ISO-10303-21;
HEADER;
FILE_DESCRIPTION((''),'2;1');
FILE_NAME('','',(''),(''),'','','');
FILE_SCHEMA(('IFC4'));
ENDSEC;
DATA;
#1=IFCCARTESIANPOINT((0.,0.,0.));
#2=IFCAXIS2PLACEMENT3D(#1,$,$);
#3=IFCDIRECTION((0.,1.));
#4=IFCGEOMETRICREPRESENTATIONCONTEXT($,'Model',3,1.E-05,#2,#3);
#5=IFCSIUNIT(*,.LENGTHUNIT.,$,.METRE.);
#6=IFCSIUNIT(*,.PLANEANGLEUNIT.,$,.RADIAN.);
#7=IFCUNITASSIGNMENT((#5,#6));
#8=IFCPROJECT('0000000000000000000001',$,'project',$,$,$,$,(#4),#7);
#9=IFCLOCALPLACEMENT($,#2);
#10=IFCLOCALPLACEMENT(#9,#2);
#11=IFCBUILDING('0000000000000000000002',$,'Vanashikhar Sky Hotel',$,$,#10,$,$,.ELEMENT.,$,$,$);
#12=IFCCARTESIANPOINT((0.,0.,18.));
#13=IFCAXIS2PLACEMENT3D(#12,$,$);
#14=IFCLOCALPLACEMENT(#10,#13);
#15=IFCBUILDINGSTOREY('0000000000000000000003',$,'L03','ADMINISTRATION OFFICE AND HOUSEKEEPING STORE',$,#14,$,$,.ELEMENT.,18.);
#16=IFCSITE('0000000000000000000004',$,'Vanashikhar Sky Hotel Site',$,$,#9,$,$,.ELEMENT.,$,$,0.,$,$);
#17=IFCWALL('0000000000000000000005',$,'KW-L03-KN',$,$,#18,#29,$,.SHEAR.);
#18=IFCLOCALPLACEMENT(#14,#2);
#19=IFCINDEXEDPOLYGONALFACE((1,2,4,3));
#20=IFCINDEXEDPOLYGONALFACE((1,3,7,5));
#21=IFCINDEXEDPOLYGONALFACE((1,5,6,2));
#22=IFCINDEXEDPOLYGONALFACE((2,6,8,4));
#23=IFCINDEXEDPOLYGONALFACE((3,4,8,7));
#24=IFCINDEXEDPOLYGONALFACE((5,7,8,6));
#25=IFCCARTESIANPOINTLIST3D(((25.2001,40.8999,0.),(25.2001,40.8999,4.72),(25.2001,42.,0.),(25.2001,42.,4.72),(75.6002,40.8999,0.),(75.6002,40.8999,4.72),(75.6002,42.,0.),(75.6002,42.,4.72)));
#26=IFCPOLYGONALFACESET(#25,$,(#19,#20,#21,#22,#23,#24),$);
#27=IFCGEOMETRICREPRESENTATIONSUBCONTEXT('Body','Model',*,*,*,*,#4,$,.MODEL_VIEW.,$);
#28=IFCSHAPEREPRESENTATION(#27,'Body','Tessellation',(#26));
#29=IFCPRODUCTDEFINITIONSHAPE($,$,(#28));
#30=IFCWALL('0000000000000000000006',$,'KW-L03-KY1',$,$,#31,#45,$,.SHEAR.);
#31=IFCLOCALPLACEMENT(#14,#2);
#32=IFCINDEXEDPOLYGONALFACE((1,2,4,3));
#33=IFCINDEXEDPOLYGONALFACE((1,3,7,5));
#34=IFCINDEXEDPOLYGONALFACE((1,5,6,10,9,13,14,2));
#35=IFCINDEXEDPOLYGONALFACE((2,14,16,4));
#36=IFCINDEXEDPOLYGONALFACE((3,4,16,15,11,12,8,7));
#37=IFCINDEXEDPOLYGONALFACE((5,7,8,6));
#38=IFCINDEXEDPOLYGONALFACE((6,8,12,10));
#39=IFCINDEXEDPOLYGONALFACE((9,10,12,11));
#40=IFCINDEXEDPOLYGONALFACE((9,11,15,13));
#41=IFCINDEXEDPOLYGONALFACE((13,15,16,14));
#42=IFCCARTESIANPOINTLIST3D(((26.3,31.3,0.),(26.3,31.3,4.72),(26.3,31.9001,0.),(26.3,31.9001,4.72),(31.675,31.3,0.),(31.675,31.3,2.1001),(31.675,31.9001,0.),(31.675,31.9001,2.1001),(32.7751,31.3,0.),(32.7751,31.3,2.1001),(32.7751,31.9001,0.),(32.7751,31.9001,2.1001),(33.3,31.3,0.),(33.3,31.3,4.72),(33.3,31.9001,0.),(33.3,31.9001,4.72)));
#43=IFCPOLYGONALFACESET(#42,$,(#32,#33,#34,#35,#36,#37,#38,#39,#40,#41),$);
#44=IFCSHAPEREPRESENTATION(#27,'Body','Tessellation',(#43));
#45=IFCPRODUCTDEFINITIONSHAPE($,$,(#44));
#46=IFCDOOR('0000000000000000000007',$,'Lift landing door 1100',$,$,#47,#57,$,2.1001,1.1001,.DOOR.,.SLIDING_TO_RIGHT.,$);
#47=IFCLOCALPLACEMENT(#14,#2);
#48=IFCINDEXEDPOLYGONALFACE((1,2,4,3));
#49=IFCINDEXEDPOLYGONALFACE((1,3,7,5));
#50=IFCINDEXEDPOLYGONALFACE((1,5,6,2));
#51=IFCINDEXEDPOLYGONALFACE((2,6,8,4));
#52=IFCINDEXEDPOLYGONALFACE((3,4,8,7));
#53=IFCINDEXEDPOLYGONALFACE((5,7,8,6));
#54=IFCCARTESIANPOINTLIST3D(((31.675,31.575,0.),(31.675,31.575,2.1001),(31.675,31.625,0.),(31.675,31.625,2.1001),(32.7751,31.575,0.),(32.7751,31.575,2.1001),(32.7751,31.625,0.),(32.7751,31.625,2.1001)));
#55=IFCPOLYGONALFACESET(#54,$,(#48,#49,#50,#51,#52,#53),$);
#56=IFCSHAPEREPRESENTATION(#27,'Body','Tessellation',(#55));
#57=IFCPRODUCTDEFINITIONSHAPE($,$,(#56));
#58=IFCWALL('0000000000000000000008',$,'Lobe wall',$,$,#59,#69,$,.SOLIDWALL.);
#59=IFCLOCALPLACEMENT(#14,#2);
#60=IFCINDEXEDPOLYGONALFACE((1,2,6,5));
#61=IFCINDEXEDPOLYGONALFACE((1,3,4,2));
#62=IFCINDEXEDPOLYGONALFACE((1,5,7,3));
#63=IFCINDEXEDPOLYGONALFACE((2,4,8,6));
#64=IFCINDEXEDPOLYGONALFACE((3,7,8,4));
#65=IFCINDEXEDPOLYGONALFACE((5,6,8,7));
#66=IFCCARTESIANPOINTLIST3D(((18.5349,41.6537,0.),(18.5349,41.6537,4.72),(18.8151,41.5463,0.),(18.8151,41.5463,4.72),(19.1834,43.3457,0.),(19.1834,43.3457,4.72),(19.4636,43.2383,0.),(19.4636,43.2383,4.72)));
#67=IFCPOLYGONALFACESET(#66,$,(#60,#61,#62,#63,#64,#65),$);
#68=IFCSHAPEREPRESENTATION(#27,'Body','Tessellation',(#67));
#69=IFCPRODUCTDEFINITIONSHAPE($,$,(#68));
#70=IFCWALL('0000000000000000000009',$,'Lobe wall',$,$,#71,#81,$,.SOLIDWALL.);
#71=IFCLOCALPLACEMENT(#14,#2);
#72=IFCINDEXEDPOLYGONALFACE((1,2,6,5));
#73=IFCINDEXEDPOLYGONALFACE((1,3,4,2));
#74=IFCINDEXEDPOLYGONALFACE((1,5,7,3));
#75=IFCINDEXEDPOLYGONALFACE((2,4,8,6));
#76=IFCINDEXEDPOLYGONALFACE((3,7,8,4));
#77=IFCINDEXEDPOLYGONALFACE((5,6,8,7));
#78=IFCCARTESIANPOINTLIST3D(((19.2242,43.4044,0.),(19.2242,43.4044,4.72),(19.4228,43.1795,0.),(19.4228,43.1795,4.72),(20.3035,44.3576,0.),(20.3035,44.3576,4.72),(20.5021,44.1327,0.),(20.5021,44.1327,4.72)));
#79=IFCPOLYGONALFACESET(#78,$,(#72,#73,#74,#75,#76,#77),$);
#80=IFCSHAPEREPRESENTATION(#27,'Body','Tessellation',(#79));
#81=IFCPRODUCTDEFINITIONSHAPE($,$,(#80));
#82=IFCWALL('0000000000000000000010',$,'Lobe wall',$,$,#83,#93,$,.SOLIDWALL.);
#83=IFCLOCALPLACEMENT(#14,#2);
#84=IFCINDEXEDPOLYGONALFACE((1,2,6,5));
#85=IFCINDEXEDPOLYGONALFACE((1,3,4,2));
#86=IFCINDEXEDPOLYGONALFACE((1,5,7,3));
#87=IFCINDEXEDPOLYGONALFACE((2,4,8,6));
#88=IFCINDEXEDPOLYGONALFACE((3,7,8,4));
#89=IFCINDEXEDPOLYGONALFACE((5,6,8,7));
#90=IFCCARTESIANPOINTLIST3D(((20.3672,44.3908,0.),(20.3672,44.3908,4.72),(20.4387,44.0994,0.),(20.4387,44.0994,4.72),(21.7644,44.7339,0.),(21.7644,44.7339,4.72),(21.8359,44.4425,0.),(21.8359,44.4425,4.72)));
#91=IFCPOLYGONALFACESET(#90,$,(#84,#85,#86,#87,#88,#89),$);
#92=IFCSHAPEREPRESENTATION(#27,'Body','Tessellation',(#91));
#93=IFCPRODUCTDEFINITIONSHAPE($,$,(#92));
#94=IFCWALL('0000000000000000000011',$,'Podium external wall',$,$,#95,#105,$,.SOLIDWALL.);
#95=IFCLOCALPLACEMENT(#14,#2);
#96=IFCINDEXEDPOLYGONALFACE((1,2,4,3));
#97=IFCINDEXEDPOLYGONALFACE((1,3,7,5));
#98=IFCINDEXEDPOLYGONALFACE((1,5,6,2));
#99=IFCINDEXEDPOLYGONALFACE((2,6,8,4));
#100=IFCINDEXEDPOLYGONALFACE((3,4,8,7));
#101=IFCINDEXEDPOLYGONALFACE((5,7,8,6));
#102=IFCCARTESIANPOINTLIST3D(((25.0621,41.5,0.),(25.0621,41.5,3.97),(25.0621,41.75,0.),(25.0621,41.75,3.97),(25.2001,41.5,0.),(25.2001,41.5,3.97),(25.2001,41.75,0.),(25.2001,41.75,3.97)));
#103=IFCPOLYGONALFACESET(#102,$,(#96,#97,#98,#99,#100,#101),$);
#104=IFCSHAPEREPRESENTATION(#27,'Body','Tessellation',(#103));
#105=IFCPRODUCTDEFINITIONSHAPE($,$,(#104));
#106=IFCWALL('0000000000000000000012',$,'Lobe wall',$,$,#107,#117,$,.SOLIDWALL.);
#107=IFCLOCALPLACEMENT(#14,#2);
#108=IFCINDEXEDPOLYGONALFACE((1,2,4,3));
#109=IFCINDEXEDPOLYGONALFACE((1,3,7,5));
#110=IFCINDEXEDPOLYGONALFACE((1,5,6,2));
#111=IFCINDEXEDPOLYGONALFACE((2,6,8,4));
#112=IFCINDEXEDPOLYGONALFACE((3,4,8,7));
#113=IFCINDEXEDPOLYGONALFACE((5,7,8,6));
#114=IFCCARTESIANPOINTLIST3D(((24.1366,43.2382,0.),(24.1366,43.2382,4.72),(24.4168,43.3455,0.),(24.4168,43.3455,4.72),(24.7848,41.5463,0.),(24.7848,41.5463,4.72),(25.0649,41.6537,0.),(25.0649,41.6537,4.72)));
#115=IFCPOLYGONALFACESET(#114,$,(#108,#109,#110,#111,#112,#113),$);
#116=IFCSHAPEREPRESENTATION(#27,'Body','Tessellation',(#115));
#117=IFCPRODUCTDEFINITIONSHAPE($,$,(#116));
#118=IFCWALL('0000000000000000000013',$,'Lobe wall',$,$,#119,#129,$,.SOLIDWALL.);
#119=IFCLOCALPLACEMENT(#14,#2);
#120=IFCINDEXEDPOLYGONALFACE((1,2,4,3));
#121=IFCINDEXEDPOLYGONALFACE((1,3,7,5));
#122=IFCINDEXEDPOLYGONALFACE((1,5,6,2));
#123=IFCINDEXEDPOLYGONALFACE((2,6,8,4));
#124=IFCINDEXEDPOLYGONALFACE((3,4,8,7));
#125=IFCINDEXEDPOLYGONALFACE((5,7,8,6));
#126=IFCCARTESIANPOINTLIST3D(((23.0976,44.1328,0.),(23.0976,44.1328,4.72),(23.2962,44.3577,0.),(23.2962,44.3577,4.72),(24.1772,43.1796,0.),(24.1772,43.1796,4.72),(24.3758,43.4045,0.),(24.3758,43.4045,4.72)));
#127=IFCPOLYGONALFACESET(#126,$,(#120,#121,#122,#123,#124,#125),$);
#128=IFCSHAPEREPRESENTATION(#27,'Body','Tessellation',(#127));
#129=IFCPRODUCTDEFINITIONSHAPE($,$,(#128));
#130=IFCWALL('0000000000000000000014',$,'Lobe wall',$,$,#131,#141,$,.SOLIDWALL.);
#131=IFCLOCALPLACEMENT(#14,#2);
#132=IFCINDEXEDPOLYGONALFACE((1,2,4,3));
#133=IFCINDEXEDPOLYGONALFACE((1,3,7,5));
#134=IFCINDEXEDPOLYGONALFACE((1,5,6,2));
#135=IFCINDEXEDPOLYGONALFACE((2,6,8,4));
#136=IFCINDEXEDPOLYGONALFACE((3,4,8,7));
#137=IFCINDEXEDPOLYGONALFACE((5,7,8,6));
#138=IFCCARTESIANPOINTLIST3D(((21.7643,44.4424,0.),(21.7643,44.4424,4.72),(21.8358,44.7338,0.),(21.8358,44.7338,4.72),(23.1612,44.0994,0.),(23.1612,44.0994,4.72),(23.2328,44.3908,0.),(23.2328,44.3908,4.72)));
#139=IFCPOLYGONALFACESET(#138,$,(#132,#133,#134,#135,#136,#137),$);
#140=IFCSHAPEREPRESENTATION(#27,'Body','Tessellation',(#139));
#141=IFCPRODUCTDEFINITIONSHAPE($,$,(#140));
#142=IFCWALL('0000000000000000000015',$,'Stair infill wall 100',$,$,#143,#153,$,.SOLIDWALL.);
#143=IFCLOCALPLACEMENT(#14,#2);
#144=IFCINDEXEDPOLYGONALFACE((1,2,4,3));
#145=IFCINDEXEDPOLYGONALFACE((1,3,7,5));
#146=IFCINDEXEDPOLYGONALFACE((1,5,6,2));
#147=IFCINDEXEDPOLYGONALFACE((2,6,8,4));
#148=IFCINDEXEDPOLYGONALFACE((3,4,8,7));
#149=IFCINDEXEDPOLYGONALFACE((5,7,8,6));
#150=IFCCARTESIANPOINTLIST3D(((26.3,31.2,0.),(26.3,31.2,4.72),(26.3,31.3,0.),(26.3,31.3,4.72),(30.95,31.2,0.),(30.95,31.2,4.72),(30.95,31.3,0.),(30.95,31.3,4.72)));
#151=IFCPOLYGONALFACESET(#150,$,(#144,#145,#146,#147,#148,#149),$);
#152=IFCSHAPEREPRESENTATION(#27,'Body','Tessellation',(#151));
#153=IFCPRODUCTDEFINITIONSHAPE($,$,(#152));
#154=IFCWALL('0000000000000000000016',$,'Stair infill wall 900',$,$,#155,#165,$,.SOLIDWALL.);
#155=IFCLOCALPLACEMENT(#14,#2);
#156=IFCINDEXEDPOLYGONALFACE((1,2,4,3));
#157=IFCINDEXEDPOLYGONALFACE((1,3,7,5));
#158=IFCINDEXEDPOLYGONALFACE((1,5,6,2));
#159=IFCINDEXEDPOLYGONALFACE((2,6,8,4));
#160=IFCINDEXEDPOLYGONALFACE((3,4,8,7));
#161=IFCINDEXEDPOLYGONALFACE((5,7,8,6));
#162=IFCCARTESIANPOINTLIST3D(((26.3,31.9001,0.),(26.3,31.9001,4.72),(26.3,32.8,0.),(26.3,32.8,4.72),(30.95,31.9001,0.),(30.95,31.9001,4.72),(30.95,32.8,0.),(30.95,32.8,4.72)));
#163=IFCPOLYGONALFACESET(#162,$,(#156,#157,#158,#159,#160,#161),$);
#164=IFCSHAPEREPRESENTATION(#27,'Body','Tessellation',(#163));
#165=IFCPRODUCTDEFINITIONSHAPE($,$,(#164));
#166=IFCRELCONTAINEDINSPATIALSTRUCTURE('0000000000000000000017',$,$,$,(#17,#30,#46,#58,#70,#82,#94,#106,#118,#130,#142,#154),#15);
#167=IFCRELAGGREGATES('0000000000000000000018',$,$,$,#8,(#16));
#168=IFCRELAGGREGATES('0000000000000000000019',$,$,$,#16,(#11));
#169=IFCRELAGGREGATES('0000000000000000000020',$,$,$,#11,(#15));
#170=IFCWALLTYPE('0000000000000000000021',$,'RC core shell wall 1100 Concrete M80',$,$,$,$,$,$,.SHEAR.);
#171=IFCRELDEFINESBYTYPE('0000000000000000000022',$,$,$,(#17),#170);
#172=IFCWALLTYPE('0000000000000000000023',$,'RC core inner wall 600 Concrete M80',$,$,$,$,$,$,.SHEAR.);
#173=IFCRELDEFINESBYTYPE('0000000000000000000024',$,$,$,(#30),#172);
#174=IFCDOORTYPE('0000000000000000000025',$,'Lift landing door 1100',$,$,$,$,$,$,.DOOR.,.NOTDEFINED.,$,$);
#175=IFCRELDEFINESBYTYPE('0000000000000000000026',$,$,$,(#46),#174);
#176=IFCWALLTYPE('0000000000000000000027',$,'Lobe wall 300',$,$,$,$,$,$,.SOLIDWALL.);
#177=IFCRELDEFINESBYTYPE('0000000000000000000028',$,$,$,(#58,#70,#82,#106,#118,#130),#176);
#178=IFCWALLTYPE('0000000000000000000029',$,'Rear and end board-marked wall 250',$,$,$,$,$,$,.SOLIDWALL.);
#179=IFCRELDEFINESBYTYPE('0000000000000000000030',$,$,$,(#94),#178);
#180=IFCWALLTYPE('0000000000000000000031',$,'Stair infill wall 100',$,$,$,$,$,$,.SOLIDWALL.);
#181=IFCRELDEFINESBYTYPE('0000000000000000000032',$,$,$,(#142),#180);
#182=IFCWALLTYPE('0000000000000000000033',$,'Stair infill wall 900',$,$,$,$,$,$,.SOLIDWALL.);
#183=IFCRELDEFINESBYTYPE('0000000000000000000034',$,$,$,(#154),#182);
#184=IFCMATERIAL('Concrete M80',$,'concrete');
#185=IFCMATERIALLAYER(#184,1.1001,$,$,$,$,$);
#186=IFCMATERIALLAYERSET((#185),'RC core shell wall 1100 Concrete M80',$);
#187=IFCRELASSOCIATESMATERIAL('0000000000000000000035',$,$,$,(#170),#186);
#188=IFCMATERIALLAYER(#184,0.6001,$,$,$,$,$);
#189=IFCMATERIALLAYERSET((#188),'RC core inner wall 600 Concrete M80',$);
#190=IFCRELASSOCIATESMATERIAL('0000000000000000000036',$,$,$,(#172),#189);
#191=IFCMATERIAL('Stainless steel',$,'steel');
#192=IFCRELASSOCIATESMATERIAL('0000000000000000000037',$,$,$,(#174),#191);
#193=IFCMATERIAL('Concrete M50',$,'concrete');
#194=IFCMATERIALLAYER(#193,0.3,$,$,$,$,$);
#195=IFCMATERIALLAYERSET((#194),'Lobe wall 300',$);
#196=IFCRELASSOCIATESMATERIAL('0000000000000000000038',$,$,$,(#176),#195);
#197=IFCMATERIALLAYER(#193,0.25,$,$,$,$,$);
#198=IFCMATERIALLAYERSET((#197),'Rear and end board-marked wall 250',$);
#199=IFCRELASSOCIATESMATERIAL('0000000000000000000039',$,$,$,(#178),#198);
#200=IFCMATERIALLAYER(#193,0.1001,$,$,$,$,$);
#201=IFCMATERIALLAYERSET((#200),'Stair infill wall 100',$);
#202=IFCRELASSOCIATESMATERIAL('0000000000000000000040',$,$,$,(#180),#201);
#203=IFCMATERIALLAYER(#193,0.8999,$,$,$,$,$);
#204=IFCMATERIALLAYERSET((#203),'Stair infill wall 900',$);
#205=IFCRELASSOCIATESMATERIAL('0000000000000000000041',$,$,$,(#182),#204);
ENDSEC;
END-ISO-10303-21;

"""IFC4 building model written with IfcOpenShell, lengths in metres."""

from ifc_helpers import new_model, si_unit, direction, frame, frame_2d, origin, place, context, subcontext, project, spatial, rectangle, extrude, source, transform, mapped, material, layer, layer_set, type_object, element, fill, save


model = new_model("IFC4")

# Units and contexts
model_context = context("Model", 3, precision=1e-05, world=origin(), true_north=direction((0.0, 1.0)))
body_context = subcontext(model_context, "Body", "Model", "MODEL_VIEW")
ifc_project = project(units=[si_unit("LENGTHUNIT", "METRE"), si_unit("PLANEANGLEUNIT", "RADIAN")], contexts=[model_context])

# Site, building, storey
site_placement = place(None, origin())
site = spatial("IfcSite", under=ifc_project, at=site_placement, Name="Vanashikhar Sky Hotel Site", CompositionType="ELEMENT", RefElevation=0.0)
building_placement = place(site_placement, origin())
building = spatial("IfcBuilding", under=site, at=building_placement, Name="Vanashikhar Sky Hotel", CompositionType="ELEMENT")
storey_placement = place(building_placement, frame((0.0, 0.0, 18.0)))
storey = spatial("IfcBuildingStorey", under=building, at=storey_placement, Name="L03", Description="ADMINISTRATION OFFICE AND HOUSEKEEPING STORE", CompositionType="ELEMENT", Elevation=18.0)

# Wall
ifc_material_1 = material(Name="Concrete M80", Category="concrete")
ifc_layer_1 = layer(ifc_material_1, 1.1001)
ifc_layer_set_1 = layer_set([ifc_layer_1], Name="RC core shell wall 1100 Concrete M80")
wall_type_1 = type_object("IfcWallType", Name="RC core shell wall 1100 Concrete M80", PredefinedType="SHEAR", material=ifc_layer_set_1)
shared_shape_1 = source(origin(), body_context, "Body", "SweptSolid", [
    extrude(rectangle(XDim=50.4001, YDim=1.1001, at=frame_2d((25.2002, 0.0))), origin(), (0.0, 0.0, 1.0), 4.72),
])
wall_1_placement = place(storey_placement, frame((25.2, 41.45, 0.0), z_axis=(0.0, 0.0, 1.0), x_axis=(1.0, 0.0, 0.0)))
element("IfcWall", 1, at=wall_1_placement, inside=storey, type_object=wall_type_1, Name="KW-L03-KN", PredefinedType="SHEAR", context=body_context, shape_type="MappedRepresentation", body=[
    mapped(shared_shape_1, transform((0.0, 0.0, 0.0), scale=1.0)),
])

# Wall, opening, door
ifc_layer_2 = layer(ifc_material_1, 0.6001)
ifc_layer_set_2 = layer_set([ifc_layer_2], Name="RC core inner wall 600 Concrete M80")
wall_type_2 = type_object("IfcWallType", Name="RC core inner wall 600 Concrete M80", PredefinedType="SHEAR", material=ifc_layer_set_2)
shared_shape_2 = source(origin(), body_context, "Body", "SweptSolid", [
    extrude(rectangle(XDim=7.0, YDim=0.6001, at=frame_2d((3.5, 0.0))), origin(), (0.0, 0.0, 1.0), 4.72),
])
wall_2_placement = place(storey_placement, frame((26.3, 31.6001, 0.0), z_axis=(0.0, 0.0, 1.0), x_axis=(1.0, 0.0, 0.0)))
wall_2 = element("IfcWall", 2, at=wall_2_placement, inside=storey, type_object=wall_type_2, Name="KW-L03-KY1", PredefinedType="SHEAR", context=body_context, shape_type="MappedRepresentation", body=[
    mapped(shared_shape_2, transform((0.0, 0.0, 0.0), scale=1.0)),
])
shared_shape_3 = source(origin(), body_context, "Body", "SweptSolid", [
    extrude(rectangle(XDim=1.1001, YDim=2.1001, at=frame_2d((0.55, 1.05))), frame((0.0, 0.3101, 0.0), z_axis=(0.0, -1.0, 0.0), x_axis=(1.0, 0.0, 0.0)), (0.0, 0.0, 1.0), 0.6201),
])
opening_placement = place(wall_2_placement, frame((5.375, 0.0, 0.0)))
opening = element("IfcOpeningElement", 3, at=opening_placement, cuts=wall_2, PredefinedType="OPENING", context=body_context, shape_type="MappedRepresentation", body=[
    mapped(shared_shape_3, transform((0.0, 0.0, 0.0), scale=1.0)),
])
ifc_material_2 = material(Name="Stainless steel", Category="steel")
door_type = type_object("IfcDoorType", Name="Lift landing door 1100", OperationType="NOTDEFINED", PredefinedType="DOOR", material=ifc_material_2)
shared_shape_4 = source(origin(), body_context, "Body", "SweptSolid", [
    extrude(rectangle(XDim=1.1001, YDim=2.1001, at=frame_2d((0.55, 1.05))), frame((0.0, 0.0249, 0.0), z_axis=(0.0, -1.0, 0.0), x_axis=(1.0, 0.0, 0.0)), (0.0, 0.0, 1.0), 0.05),
])
door_placement = place(opening_placement, origin())
door = element("IfcDoor", 4, at=door_placement, inside=storey, type_object=door_type, Name="Lift landing door 1100", OperationType="SLIDING_TO_RIGHT", OverallHeight=2.1001, OverallWidth=1.1001, PredefinedType="DOOR", context=body_context, shape_type="MappedRepresentation", body=[
    mapped(shared_shape_4, transform((0.0, 0.0, 0.0), scale=1.0)),
])
fill(opening, door)

# Walls
ifc_material_3 = material(Name="Concrete M50", Category="concrete")
ifc_layer_3 = layer(ifc_material_3, 0.3)
ifc_layer_set_3 = layer_set([ifc_layer_3], Name="Lobe wall 300")
wall_type_3 = type_object("IfcWallType", Name="Lobe wall 300", PredefinedType="SOLIDWALL", material=ifc_layer_set_3)
shared_shape_5 = source(origin(), body_context, "Body", "SweptSolid", [
    extrude(rectangle(XDim=1.812, YDim=0.3, at=frame_2d((0.906, 0.0))), origin(), (0.0, 0.0, 1.0), 4.72),
])
wall_3_placement = place(storey_placement, frame((19.3235, 43.292, 0.0), z_axis=(0.0, 0.0, 1.0), x_axis=(-0.357877, -0.933769, 0.0)))
element("IfcWall", 5, at=wall_3_placement, inside=storey, type_object=wall_type_3, Name="Lobe wall", PredefinedType="SOLIDWALL", context=body_context, shape_type="MappedRepresentation", body=[
    mapped(shared_shape_5, transform((0.0, 0.0, 0.0), scale=1.0)),
])
shared_shape_6 = source(origin(), body_context, "Body", "SweptSolid", [
    extrude(rectangle(XDim=1.4399, YDim=0.3, at=frame_2d((0.72, 0.0))), origin(), (0.0, 0.0, 1.0), 4.72),
])
wall_4_placement = place(storey_placement, frame((20.4028, 44.2451, 0.0), z_axis=(0.0, 0.0, 1.0), x_axis=(-0.749576, -0.661919, 0.0)))
element("IfcWall", 6, at=wall_4_placement, inside=storey, type_object=wall_type_3, Name="Lobe wall", PredefinedType="SOLIDWALL", context=body_context, shape_type="MappedRepresentation", body=[
    mapped(shared_shape_6, transform((0.0, 0.0, 0.0), scale=1.0)),
])
shared_shape_7 = source(origin(), body_context, "Body", "SweptSolid", [
    extrude(rectangle(XDim=1.4387, YDim=0.3, at=frame_2d((0.7192, 0.0))), origin(), (0.0, 0.0, 1.0), 4.72),
])
wall_5_placement = place(storey_placement, frame((21.8, 44.5881, 0.0), z_axis=(0.0, 0.0, 1.0), x_axis=(-0.971162, -0.238421, 0.0)))
element("IfcWall", 7, at=wall_5_placement, inside=storey, type_object=wall_type_3, Name="Lobe wall", PredefinedType="SOLIDWALL", context=body_context, shape_type="MappedRepresentation", body=[
    mapped(shared_shape_7, transform((0.0, 0.0, 0.0), scale=1.0)),
])
ifc_layer_4 = layer(ifc_material_3, 0.25)
ifc_layer_set_4 = layer_set([ifc_layer_4], Name="Rear and end board-marked wall 250")
wall_type_4 = type_object("IfcWallType", Name="Rear and end board-marked wall 250", PredefinedType="SOLIDWALL", material=ifc_layer_set_4)
shared_shape_8 = source(origin(), body_context, "Body", "SweptSolid", [
    extrude(rectangle(XDim=0.1379, YDim=0.25, at=frame_2d((0.0688, 0.0))), origin(), (0.0, 0.0, 1.0), 3.97),
])
wall_6_placement = place(storey_placement, frame((25.2, 41.625, 0.0), z_axis=(0.0, 0.0, 1.0), x_axis=(-1.0, 0.0, 0.0)))
element("IfcWall", 8, at=wall_6_placement, inside=storey, type_object=wall_type_4, Name="Podium external wall", PredefinedType="SOLIDWALL", context=body_context, shape_type="MappedRepresentation", body=[
    mapped(shared_shape_8, transform((0.0, 0.0, 0.0), scale=1.0)),
])
shared_shape_9 = source(origin(), body_context, "Body", "SweptSolid", [
    extrude(rectangle(XDim=1.8118, YDim=0.3, at=frame_2d((0.9058, 0.0))), origin(), (0.0, 0.0, 1.0), 4.72),
])
wall_7_placement = place(storey_placement, frame((24.9248, 41.6001, 0.0), z_axis=(0.0, 0.0, 1.0), x_axis=(-0.35776, 0.933814, 0.0)))
element("IfcWall", 9, at=wall_7_placement, inside=storey, type_object=wall_type_3, Name="Lobe wall", PredefinedType="SOLIDWALL", context=body_context, shape_type="MappedRepresentation", body=[
    mapped(shared_shape_9, transform((0.0, 0.0, 0.0), scale=1.0)),
])
shared_shape_10 = source(origin(), body_context, "Body", "SweptSolid", [
    extrude(rectangle(XDim=1.4402, YDim=0.3, at=frame_2d((0.7202, 0.0))), origin(), (0.0, 0.0, 1.0), 4.72),
])
wall_8_placement = place(storey_placement, frame((24.2766, 43.292, 0.0), z_axis=(0.0, 0.0, 1.0), x_axis=(-0.74965, 0.661835, 0.0)))
element("IfcWall", 10, at=wall_8_placement, inside=storey, type_object=wall_type_3, Name="Lobe wall", PredefinedType="SOLIDWALL", context=body_context, shape_type="MappedRepresentation", body=[
    mapped(shared_shape_10, transform((0.0, 0.0, 0.0), scale=1.0)),
])
shared_shape_11 = source(origin(), body_context, "Body", "SweptSolid", [
    extrude(rectangle(XDim=1.4385, YDim=0.3, at=frame_2d((0.7192, 0.0))), origin(), (0.0, 0.0, 1.0), 4.72),
])
wall_9_placement = place(storey_placement, frame((23.197, 44.2451, 0.0), z_axis=(0.0, 0.0, 1.0), x_axis=(-0.971152, 0.23846, 0.0)))
element("IfcWall", 11, at=wall_9_placement, inside=storey, type_object=wall_type_3, Name="Lobe wall", PredefinedType="SOLIDWALL", context=body_context, shape_type="MappedRepresentation", body=[
    mapped(shared_shape_11, transform((0.0, 0.0, 0.0), scale=1.0)),
])
ifc_layer_5 = layer(ifc_material_3, 0.1001)
ifc_layer_set_5 = layer_set([ifc_layer_5], Name="Stair infill wall 100")
wall_type_5 = type_object("IfcWallType", Name="Stair infill wall 100", PredefinedType="SOLIDWALL", material=ifc_layer_set_5)
shared_shape_12 = source(origin(), body_context, "Body", "SweptSolid", [
    extrude(rectangle(XDim=4.6499, YDim=0.1001, at=frame_2d((2.325, 0.0))), origin(), (0.0, 0.0, 1.0), 4.72),
])
wall_10_placement = place(storey_placement, frame((26.3, 31.25, 0.0), z_axis=(0.0, 0.0, 1.0), x_axis=(1.0, 0.0, 0.0)))
element("IfcWall", 12, at=wall_10_placement, inside=storey, type_object=wall_type_5, Name="Stair infill wall 100", PredefinedType="SOLIDWALL", context=body_context, shape_type="MappedRepresentation", body=[
    mapped(shared_shape_12, transform((0.0, 0.0, 0.0), scale=1.0)),
])
ifc_layer_6 = layer(ifc_material_3, 0.8999)
ifc_layer_set_6 = layer_set([ifc_layer_6], Name="Stair infill wall 900")
wall_type_6 = type_object("IfcWallType", Name="Stair infill wall 900", PredefinedType="SOLIDWALL", material=ifc_layer_set_6)
shared_shape_13 = source(origin(), body_context, "Body", "SweptSolid", [
    extrude(rectangle(XDim=4.6499, YDim=0.8999, at=frame_2d((2.325, 0.0))), origin(), (0.0, 0.0, 1.0), 4.72),
])
wall_11_placement = place(storey_placement, frame((26.3, 32.3501, 0.0), z_axis=(0.0, 0.0, 1.0), x_axis=(1.0, 0.0, 0.0)))
element("IfcWall", 13, at=wall_11_placement, inside=storey, type_object=wall_type_6, Name="Stair infill wall 900", PredefinedType="SOLIDWALL", context=body_context, shape_type="MappedRepresentation", body=[
    mapped(shared_shape_13, transform((0.0, 0.0, 0.0), scale=1.0)),
])

save(model, "model.ifc")
